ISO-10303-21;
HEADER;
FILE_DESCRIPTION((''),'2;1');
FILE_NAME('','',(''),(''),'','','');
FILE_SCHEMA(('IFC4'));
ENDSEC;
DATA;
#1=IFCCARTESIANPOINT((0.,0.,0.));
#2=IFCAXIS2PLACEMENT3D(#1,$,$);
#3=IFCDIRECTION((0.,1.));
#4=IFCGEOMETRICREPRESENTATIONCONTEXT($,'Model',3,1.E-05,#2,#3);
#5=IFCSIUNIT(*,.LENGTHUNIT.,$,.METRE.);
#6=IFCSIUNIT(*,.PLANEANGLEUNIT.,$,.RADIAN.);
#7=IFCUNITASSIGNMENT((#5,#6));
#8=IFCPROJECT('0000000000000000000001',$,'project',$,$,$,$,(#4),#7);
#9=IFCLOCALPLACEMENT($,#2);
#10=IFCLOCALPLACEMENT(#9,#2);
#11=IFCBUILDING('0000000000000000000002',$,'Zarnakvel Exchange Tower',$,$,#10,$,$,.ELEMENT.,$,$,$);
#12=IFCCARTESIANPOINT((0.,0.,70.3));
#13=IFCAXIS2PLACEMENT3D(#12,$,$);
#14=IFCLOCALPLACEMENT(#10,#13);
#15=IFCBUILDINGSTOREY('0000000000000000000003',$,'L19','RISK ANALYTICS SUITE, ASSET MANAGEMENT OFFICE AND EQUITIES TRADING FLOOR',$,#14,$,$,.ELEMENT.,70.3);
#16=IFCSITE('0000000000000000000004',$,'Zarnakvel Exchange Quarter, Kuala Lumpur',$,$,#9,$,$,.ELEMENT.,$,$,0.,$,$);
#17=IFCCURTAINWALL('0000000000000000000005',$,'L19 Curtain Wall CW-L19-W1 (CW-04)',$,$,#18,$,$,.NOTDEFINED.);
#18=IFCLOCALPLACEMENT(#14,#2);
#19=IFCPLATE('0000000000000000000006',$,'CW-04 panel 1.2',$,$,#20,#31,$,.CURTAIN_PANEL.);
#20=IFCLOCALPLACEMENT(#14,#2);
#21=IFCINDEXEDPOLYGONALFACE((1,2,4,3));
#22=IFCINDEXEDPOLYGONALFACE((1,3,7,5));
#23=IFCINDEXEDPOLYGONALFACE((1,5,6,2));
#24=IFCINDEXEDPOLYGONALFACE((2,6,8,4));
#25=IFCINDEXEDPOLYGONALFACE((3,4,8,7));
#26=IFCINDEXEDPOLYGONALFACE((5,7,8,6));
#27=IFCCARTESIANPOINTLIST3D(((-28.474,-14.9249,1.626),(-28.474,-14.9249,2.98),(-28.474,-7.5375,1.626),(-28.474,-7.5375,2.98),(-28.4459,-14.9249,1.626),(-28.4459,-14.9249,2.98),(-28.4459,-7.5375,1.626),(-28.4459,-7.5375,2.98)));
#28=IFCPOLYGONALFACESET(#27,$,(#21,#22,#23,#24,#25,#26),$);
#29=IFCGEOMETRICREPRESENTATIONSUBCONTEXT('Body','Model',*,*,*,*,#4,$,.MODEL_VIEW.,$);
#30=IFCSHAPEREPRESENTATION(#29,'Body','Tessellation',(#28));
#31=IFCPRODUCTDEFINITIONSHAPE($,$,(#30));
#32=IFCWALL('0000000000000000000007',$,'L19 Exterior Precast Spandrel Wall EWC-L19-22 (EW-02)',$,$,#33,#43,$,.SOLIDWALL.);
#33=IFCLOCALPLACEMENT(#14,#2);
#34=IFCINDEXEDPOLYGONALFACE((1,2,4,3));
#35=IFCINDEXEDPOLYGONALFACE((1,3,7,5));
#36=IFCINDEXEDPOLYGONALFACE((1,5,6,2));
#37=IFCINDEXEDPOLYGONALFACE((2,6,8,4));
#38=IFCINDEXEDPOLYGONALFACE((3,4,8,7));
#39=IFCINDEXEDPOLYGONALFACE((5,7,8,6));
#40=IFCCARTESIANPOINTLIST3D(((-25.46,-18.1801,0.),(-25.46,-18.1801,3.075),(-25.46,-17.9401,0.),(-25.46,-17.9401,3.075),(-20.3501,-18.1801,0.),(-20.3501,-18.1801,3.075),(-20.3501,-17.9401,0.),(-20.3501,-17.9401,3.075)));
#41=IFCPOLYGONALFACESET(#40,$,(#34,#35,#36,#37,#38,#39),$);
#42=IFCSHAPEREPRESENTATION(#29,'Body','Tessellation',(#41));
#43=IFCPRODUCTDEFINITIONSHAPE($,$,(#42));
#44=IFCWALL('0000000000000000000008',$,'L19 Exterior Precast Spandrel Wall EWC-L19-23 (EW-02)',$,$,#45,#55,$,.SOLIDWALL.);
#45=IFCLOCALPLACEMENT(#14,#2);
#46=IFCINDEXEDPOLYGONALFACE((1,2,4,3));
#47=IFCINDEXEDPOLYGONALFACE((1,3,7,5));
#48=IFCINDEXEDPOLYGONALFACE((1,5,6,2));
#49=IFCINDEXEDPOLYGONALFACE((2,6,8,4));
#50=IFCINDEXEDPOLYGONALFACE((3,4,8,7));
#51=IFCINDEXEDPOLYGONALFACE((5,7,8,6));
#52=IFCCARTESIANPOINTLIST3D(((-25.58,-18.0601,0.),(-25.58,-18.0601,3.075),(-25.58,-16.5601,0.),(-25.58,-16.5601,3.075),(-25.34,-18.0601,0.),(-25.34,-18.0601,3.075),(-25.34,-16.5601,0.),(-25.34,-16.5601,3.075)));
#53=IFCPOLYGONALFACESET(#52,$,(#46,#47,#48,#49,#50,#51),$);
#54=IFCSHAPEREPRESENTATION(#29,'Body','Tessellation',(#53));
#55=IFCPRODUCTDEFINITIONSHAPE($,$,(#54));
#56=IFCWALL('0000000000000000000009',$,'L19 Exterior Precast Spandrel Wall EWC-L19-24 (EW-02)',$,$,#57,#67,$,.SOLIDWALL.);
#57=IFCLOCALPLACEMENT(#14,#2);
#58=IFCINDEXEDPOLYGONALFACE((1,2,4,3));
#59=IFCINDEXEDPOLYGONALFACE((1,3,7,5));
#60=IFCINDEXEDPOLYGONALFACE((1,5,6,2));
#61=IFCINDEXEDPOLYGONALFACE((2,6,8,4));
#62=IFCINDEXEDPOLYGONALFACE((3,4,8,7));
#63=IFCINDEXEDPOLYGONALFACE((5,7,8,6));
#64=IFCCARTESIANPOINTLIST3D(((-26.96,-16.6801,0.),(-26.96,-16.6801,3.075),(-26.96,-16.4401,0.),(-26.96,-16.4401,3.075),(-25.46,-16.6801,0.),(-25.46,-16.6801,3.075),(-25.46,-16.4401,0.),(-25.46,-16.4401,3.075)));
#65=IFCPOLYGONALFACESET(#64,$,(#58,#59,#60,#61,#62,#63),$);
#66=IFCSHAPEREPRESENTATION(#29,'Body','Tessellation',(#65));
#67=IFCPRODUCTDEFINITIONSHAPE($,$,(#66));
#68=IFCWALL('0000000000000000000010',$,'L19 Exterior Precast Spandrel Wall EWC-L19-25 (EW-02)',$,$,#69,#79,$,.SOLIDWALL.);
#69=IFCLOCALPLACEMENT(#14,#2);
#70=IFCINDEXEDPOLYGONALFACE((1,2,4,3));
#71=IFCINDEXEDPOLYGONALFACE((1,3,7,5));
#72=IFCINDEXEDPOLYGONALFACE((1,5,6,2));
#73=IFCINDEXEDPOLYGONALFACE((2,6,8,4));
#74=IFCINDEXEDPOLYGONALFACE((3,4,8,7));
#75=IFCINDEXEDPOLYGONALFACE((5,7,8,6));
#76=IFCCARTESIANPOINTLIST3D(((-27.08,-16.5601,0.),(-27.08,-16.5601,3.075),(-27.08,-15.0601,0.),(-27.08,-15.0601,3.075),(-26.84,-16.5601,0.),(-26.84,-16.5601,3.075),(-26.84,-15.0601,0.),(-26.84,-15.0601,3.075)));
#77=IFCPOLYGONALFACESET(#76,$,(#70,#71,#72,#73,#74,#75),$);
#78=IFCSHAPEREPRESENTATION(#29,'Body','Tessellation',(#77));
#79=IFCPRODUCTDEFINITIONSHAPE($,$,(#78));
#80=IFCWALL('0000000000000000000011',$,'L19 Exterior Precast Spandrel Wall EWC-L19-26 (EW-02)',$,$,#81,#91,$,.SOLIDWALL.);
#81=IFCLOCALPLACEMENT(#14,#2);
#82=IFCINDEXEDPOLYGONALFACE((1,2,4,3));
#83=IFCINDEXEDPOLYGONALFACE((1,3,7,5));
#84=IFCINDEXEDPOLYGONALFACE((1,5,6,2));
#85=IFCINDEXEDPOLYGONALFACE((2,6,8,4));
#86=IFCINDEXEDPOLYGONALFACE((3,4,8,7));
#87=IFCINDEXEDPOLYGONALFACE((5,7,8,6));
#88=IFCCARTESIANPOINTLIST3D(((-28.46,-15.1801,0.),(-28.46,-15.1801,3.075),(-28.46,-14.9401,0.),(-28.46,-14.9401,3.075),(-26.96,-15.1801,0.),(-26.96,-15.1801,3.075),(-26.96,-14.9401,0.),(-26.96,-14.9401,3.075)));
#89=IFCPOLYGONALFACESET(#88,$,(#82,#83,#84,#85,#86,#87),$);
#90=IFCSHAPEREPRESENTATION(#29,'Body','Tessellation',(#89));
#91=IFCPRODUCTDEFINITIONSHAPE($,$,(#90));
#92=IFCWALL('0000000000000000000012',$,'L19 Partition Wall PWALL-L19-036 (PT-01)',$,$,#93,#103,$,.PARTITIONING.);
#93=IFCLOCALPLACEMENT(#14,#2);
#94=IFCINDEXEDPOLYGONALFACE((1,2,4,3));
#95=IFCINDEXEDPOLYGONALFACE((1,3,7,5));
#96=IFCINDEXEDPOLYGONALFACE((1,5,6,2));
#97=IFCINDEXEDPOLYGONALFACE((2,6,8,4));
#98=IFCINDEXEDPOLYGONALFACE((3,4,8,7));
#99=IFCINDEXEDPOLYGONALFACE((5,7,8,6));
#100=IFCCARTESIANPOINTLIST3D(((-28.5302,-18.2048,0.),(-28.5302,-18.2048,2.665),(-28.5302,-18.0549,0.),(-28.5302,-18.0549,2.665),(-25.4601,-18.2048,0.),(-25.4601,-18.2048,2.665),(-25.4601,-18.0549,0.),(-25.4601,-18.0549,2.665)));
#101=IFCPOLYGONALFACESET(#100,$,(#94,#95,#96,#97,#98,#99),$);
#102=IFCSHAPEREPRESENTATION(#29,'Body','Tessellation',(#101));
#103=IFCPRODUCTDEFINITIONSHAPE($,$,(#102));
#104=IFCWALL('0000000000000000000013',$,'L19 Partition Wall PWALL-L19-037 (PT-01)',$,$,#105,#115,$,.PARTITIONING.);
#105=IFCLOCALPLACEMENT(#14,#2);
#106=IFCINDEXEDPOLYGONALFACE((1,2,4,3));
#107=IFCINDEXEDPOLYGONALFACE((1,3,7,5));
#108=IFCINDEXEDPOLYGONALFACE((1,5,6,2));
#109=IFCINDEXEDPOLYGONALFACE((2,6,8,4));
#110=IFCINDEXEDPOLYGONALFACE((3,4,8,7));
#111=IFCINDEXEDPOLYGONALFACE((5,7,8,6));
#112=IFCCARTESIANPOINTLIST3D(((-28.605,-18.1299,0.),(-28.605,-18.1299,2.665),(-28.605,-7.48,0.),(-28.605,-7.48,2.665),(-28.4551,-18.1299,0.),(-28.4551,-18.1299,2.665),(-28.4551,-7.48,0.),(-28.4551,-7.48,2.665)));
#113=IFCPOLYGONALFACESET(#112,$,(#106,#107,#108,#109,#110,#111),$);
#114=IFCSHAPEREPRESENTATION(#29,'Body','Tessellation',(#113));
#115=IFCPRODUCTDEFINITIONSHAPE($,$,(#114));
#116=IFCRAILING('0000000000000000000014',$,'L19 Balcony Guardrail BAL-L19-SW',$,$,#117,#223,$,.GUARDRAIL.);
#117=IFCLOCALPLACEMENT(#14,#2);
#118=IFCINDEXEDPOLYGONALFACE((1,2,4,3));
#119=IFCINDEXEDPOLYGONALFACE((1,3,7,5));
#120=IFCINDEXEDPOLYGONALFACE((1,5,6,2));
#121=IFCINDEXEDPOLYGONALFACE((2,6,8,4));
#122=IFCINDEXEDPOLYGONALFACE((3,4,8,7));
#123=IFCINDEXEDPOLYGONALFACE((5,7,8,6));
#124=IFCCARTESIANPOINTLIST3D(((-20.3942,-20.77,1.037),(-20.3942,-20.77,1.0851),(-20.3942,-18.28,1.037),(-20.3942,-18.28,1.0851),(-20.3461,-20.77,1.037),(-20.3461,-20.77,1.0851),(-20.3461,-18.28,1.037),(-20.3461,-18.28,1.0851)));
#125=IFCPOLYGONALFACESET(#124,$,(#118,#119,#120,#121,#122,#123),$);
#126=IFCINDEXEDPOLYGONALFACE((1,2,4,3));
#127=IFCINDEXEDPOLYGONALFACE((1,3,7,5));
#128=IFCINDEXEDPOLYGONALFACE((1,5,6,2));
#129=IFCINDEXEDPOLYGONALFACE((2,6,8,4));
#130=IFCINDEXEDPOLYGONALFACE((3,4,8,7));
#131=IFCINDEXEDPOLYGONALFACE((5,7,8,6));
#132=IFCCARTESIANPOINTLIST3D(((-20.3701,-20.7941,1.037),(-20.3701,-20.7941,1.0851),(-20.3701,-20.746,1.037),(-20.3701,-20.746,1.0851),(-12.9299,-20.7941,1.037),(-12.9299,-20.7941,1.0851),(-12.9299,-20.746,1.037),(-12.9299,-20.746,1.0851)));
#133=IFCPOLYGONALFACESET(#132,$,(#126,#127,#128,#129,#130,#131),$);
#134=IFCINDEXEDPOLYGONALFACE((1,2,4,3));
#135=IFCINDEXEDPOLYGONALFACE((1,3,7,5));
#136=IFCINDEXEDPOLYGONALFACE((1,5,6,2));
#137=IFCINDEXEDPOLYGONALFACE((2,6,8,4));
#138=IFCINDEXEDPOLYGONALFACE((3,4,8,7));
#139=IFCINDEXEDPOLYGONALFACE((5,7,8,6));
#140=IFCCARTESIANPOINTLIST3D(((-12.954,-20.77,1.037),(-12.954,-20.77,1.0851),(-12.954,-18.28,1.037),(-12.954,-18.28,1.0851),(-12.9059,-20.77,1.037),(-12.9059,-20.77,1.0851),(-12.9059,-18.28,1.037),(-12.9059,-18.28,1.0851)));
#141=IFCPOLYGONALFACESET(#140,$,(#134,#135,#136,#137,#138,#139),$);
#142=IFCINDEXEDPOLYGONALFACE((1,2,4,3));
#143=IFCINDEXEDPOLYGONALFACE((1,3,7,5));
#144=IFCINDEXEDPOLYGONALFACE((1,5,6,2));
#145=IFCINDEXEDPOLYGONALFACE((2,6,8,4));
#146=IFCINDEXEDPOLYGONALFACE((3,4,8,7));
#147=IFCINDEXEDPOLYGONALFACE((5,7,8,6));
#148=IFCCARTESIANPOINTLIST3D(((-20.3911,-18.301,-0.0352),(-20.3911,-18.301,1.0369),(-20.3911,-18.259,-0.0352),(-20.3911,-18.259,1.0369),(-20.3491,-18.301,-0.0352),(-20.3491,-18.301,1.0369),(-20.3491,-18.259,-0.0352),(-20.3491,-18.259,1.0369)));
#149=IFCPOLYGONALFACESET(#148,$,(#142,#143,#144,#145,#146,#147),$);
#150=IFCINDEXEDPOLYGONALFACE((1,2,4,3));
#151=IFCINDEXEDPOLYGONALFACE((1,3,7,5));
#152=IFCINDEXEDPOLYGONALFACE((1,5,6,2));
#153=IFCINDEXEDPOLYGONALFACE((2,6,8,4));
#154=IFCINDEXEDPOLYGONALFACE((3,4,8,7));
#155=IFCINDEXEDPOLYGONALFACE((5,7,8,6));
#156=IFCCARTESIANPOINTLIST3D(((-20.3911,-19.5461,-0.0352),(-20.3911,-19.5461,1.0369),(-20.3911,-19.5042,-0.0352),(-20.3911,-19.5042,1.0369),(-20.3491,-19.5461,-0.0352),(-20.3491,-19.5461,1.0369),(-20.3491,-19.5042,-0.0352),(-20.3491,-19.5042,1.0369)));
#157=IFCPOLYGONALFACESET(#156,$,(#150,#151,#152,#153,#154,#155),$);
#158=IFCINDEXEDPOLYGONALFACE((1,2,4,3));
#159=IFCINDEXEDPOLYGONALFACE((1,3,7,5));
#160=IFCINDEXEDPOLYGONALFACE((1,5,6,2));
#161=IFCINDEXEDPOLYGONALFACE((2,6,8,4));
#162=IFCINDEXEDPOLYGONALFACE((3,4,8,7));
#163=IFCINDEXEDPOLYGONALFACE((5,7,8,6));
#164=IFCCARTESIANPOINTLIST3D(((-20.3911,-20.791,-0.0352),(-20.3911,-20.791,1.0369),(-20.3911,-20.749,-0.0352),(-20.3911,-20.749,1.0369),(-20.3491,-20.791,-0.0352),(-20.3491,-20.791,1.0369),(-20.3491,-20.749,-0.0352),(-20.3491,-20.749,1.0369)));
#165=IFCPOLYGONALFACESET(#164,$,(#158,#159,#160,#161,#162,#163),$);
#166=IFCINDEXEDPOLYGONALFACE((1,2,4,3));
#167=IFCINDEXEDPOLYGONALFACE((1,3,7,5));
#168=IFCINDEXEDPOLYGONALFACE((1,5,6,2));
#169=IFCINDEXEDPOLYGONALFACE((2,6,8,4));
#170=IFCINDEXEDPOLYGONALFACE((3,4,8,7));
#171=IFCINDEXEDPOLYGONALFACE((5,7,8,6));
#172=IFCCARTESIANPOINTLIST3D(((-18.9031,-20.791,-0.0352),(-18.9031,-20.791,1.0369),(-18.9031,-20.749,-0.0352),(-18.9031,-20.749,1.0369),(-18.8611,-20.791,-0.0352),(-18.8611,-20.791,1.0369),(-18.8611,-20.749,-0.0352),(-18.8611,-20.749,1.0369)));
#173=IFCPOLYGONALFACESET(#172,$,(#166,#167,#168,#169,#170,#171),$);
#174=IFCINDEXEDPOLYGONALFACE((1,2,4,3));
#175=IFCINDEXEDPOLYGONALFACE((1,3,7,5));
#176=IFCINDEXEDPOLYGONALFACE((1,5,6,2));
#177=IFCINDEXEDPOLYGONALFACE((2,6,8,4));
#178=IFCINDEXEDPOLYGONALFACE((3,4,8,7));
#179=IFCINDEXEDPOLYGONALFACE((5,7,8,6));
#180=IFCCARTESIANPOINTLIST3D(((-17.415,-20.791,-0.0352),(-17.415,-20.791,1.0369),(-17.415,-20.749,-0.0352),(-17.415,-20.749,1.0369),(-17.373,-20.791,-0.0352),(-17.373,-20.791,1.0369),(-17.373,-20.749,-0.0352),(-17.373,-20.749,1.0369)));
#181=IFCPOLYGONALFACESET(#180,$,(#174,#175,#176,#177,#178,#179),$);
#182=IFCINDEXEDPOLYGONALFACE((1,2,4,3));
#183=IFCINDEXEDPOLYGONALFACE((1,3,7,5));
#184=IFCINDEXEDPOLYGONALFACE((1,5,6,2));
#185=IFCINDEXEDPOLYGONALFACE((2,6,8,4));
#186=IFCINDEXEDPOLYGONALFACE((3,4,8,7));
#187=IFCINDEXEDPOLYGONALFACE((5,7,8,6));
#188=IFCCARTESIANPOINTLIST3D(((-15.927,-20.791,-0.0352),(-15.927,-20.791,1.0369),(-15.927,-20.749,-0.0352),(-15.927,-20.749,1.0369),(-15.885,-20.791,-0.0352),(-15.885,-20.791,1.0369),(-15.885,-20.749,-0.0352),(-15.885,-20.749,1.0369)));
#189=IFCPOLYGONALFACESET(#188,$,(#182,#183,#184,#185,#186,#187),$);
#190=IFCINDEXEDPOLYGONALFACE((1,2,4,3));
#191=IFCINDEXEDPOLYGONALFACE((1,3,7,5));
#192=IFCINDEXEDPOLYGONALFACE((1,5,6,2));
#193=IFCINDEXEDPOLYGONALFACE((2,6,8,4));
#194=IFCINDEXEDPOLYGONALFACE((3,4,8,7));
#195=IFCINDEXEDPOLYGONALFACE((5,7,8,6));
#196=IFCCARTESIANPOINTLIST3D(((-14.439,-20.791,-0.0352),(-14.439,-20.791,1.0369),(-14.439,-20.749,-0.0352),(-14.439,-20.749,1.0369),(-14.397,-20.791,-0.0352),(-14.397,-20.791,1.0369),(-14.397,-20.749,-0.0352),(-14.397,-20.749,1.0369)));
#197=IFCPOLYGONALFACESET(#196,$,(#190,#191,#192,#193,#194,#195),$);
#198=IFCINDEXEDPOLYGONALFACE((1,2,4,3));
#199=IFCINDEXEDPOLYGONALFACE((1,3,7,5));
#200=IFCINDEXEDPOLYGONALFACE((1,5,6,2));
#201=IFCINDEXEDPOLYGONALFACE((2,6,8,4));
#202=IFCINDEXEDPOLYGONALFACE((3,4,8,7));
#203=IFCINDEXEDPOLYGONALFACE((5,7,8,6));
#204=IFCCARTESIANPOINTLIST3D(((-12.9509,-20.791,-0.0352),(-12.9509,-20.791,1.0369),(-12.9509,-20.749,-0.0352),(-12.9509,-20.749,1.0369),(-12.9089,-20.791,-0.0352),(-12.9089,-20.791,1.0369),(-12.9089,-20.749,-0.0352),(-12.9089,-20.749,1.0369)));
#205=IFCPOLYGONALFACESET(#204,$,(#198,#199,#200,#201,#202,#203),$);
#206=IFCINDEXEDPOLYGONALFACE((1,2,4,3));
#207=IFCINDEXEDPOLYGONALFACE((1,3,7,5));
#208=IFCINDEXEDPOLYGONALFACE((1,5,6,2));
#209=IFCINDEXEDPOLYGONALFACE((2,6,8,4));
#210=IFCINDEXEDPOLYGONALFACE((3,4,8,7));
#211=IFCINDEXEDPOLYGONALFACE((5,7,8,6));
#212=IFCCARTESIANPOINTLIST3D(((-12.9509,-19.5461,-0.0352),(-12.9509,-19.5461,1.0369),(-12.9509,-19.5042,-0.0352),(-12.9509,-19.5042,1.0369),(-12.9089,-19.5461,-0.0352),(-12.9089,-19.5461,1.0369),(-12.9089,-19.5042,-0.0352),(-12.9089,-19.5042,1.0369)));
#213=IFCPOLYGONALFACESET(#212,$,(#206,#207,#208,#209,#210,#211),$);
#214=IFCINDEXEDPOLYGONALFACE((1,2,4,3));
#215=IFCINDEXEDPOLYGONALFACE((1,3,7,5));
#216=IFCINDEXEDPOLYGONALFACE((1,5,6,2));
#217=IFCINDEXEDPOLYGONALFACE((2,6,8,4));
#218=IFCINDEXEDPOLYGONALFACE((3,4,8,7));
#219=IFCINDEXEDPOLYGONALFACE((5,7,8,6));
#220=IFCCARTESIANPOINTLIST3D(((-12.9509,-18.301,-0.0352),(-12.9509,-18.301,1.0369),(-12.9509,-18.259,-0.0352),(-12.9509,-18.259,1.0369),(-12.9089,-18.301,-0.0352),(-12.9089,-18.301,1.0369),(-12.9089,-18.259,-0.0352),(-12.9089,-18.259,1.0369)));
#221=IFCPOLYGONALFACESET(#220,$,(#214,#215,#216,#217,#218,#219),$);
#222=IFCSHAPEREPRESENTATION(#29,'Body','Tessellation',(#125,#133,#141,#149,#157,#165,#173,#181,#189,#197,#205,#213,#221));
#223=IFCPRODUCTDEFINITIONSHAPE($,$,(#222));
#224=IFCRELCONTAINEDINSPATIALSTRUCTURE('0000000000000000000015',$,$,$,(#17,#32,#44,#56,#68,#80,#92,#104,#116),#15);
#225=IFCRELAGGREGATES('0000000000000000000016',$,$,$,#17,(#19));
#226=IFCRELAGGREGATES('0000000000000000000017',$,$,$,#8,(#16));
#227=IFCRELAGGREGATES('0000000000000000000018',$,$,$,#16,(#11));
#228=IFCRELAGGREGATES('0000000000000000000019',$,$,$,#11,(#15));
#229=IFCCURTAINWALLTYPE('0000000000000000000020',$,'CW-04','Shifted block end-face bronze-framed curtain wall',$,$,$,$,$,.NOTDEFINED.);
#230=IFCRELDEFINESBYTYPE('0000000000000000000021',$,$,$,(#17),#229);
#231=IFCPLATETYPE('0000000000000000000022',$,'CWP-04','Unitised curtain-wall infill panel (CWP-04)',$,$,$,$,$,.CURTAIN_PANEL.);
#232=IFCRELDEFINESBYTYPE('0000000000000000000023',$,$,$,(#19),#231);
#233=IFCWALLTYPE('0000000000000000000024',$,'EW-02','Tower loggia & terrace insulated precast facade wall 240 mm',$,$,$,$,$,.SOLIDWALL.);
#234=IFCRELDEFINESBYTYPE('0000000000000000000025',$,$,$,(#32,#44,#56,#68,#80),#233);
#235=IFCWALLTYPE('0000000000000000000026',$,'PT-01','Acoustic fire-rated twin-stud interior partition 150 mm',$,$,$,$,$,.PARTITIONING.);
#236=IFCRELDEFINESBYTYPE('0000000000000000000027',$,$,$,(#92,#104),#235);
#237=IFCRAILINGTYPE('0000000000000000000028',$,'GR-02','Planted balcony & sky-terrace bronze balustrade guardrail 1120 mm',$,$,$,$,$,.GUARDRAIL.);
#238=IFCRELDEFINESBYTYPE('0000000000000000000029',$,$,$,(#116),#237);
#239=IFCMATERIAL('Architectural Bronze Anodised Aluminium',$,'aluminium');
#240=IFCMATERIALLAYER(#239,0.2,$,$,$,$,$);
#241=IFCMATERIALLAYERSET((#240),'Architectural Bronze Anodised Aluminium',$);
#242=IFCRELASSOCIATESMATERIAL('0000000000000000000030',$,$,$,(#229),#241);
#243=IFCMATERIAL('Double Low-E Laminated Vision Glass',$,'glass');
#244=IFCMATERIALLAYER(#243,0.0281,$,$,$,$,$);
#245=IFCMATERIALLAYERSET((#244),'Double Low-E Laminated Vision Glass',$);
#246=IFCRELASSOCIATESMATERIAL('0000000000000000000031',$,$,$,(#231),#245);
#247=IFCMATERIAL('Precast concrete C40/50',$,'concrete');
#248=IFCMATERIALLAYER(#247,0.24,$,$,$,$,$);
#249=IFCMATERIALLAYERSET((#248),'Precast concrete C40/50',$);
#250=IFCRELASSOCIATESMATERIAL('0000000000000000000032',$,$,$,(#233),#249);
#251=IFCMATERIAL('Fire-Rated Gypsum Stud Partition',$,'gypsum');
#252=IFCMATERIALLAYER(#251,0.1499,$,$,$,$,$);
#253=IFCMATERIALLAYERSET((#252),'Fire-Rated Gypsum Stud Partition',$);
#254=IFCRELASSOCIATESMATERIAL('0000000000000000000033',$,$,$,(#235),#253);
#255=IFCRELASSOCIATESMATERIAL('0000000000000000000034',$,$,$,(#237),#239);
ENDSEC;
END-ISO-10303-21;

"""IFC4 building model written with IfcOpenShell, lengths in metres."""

from ifc_helpers import new_model, si_unit, direction, frame, frame_2d, origin, origin_2d, place, context, subcontext, project, spatial, rectangle, extrude, source, transform, mapped, material, layer, layer_set, type_object, element, aggregate, save


model = new_model("IFC4")

# Units and contexts
model_context = context("Model", 3, precision=1e-05, world=origin(), true_north=direction((0.0, 1.0)))
body_context = subcontext(model_context, "Body", "Model", "MODEL_VIEW")
ifc_project = project(units=[si_unit("LENGTHUNIT", "METRE"), si_unit("PLANEANGLEUNIT", "RADIAN")], contexts=[model_context])

# Site, building, storey
site_placement = place(None, origin())
site = spatial("IfcSite", under=ifc_project, at=site_placement, Name="Zarnakvel Exchange Quarter, Kuala Lumpur", CompositionType="ELEMENT", RefElevation=0.0)
building_placement = place(site_placement, origin())
building = spatial("IfcBuilding", under=site, at=building_placement, Name="Zarnakvel Exchange Tower", CompositionType="ELEMENT")
storey_placement = place(building_placement, frame((0.0, 0.0, 70.3)))
storey = spatial("IfcBuildingStorey", under=building, at=storey_placement, Name="L19", Description="RISK ANALYTICS SUITE, ASSET MANAGEMENT OFFICE AND EQUITIES TRADING FLOOR", CompositionType="ELEMENT", Elevation=70.3)

# Curtain wall, plate
ifc_material_1 = material(Name="Architectural Bronze Anodised Aluminium", Category="aluminium")
ifc_layer_1 = layer(ifc_material_1, 0.2)
ifc_layer_set_1 = layer_set([ifc_layer_1], Name="Architectural Bronze Anodised Aluminium")
curtain_wall_type = type_object("IfcCurtainWallType", Name="CW-04", Description="Shifted block end-face bronze-framed curtain wall", PredefinedType="NOTDEFINED", material=ifc_layer_set_1)
curtain_wall_placement = place(storey_placement, origin())
curtain_wall = element("IfcCurtainWall", 1, at=curtain_wall_placement, inside=storey, type_object=curtain_wall_type, Name="L19 Curtain Wall CW-L19-W1 (CW-04)", PredefinedType="NOTDEFINED")
ifc_material_2 = material(Name="Double Low-E Laminated Vision Glass", Category="glass")
ifc_layer_2 = layer(ifc_material_2, 0.0281)
ifc_layer_set_2 = layer_set([ifc_layer_2], Name="Double Low-E Laminated Vision Glass")
plate_type = type_object("IfcPlateType", Name="CWP-04", Description="Unitised curtain-wall infill panel (CWP-04)", PredefinedType="CURTAIN_PANEL", material=ifc_layer_set_2)
shared_shape_1 = source(origin(), body_context, "Body", "SweptSolid", [
    extrude(rectangle(XDim=7.3875, YDim=0.0281, at=origin_2d()), origin(), (0.0, 0.0, 1.0), 1.354),
])
plate_1_placement = place(storey_placement, frame((-28.46, -11.2312, 1.626), z_axis=(0.0, 0.0, 1.0), x_axis=(0.0, 1.0, 0.0)))
plate_1 = element("IfcPlate", 2, at=plate_1_placement, type_object=plate_type, Name="CW-04 panel 1.2", PredefinedType="CURTAIN_PANEL", context=body_context, shape_type="MappedRepresentation", body=[
    mapped(shared_shape_1, transform((0.0, 0.0, 0.0), x_axis=(1.0, 0.0, 0.0), y_axis=(0.0, 1.0, 0.0), z_axis=(0.0, 0.0, 1.0), scale=1.0)),
])
aggregate(curtain_wall, [plate_1])

# Walls
ifc_material_3 = material(Name="Precast concrete C40/50", Category="concrete")
ifc_layer_3 = layer(ifc_material_3, 0.24)
ifc_layer_set_3 = layer_set([ifc_layer_3], Name="Precast concrete C40/50")
wall_type_1 = type_object("IfcWallType", Name="EW-02", Description="Tower loggia & terrace insulated precast facade wall 240 mm", PredefinedType="SOLIDWALL", material=ifc_layer_set_3)
wall_1_placement = place(storey_placement, frame((-25.46, -18.0601, 0.0), z_axis=(0.0, 0.0, 1.0), x_axis=(1.0, 0.0, 0.0)))
element("IfcWall", 3, at=wall_1_placement, inside=storey, type_object=wall_type_1, Name="L19 Exterior Precast Spandrel Wall EWC-L19-22 (EW-02)", PredefinedType="SOLIDWALL", context=body_context, shape_type="SweptSolid", body=[
    extrude(rectangle(XDim=5.1099, YDim=0.24, at=frame_2d((2.5549, 0.0))), origin(), (0.0, 0.0, 1.0), 3.075),
])
for number, where, z_axis, x_axis, name in (
    (4, (-25.46, -16.5601, 0.0), (0.0, 0.0, 1.0), (0.0, -1.0, 0.0), "L19 Exterior Precast Spandrel Wall EWC-L19-23 (EW-02)"),
    (5, (-26.96, -16.5601, 0.0), (0.0, 0.0, 1.0), (1.0, 0.0, 0.0), "L19 Exterior Precast Spandrel Wall EWC-L19-24 (EW-02)"),
    (6, (-26.96, -15.0601, 0.0), (0.0, 0.0, 1.0), (0.0, -1.0, 0.0), "L19 Exterior Precast Spandrel Wall EWC-L19-25 (EW-02)"),
    (7, (-28.46, -15.0601, 0.0), (0.0, 0.0, 1.0), (1.0, 0.0, 0.0), "L19 Exterior Precast Spandrel Wall EWC-L19-26 (EW-02)"),
):
    element("IfcWall", number, at=place(storey_placement, frame(where, z_axis=z_axis, x_axis=x_axis)), inside=storey, type_object=wall_type_1, Name=name, PredefinedType="SOLIDWALL", context=body_context, shape_type="SweptSolid", body=[
        extrude(rectangle(XDim=1.5, YDim=0.24, at=frame_2d((0.75, 0.0))), origin(), (0.0, 0.0, 1.0), 3.075),
    ])
ifc_material_4 = material(Name="Fire-Rated Gypsum Stud Partition", Category="gypsum")
ifc_layer_4 = layer(ifc_material_4, 0.1499)
ifc_layer_set_4 = layer_set([ifc_layer_4], Name="Fire-Rated Gypsum Stud Partition")
wall_type_2 = type_object("IfcWallType", Name="PT-01", Description="Acoustic fire-rated twin-stud interior partition 150 mm", PredefinedType="PARTITIONING", material=ifc_layer_set_4)
wall_2_placement = place(storey_placement, frame((-25.46, -18.1299, 0.0), z_axis=(0.0, 0.0, 1.0), x_axis=(-1.0, 0.0, 0.0)))
element("IfcWall", 8, at=wall_2_placement, inside=storey, type_object=wall_type_2, Name="L19 Partition Wall PWALL-L19-036 (PT-01)", PredefinedType="PARTITIONING", context=body_context, shape_type="SweptSolid", body=[
    extrude(rectangle(XDim=3.0701, YDim=0.1499, at=frame_2d((1.5352, 0.0))), origin(), (0.0, 0.0, 1.0), 2.665),
])
wall_3_placement = place(storey_placement, frame((-28.53, -18.1299, 0.0), z_axis=(0.0, 0.0, 1.0), x_axis=(0.0, 1.0, 0.0)))
element("IfcWall", 9, at=wall_3_placement, inside=storey, type_object=wall_type_2, Name="L19 Partition Wall PWALL-L19-037 (PT-01)", PredefinedType="PARTITIONING", context=body_context, shape_type="SweptSolid", body=[
    extrude(rectangle(XDim=10.6499, YDim=0.1499, at=frame_2d((5.325, 0.0))), origin(), (0.0, 0.0, 1.0), 2.665),
])

# Railing
railing_type = type_object("IfcRailingType", Name="GR-02", Description="Planted balcony & sky-terrace bronze balustrade guardrail 1120 mm", PredefinedType="GUARDRAIL", material=ifc_material_1)
railing_placement = place(storey_placement, frame((-20.3701, -18.28, -0.0352)))
element("IfcRailing", 10, at=railing_placement, inside=storey, type_object=railing_type, Name="L19 Balcony Guardrail BAL-L19-SW", PredefinedType="GUARDRAIL", context=body_context, shape_type="SweptSolid", body=[
    extrude(rectangle(XDim=0.0481, YDim=0.0481, at=origin_2d()), frame((0.0, 0.0, 1.0962), z_axis=(0.0, -1.0, 0.0), x_axis=(1.0, 0.0, 0.0)), (0.0, 0.0, 1.0), 2.49),
    extrude(rectangle(XDim=0.0481, YDim=0.0481, at=origin_2d()), frame((0.0, -2.49, 1.0962), z_axis=(1.0, 0.0, 0.0), x_axis=(0.0, 1.0, 0.0)), (0.0, 0.0, 1.0), 7.4402),
    extrude(rectangle(XDim=0.0481, YDim=0.0481, at=origin_2d()), frame((7.4402, -2.49, 1.0962), z_axis=(0.0, 1.0, 0.0), x_axis=(-1.0, 0.0, 0.0)), (0.0, 0.0, 1.0), 2.49),
    extrude(rectangle(XDim=0.042, YDim=0.042, at=origin_2d()), origin(), (0.0, 0.0, 1.0), 1.072),
    extrude(rectangle(XDim=0.042, YDim=0.042, at=origin_2d()), frame((0.0, -1.2451, 0.0)), (0.0, 0.0, 1.0), 1.072),
    extrude(rectangle(XDim=0.042, YDim=0.042, at=origin_2d()), frame((0.0, -2.49, 0.0)), (0.0, 0.0, 1.0), 1.072),
    extrude(rectangle(XDim=0.042, YDim=0.042, at=origin_2d()), frame((1.488, -2.49, 0.0)), (0.0, 0.0, 1.0), 1.072),
    extrude(rectangle(XDim=0.042, YDim=0.042, at=origin_2d()), frame((2.9761, -2.49, 0.0)), (0.0, 0.0, 1.0), 1.072),
    extrude(rectangle(XDim=0.042, YDim=0.042, at=origin_2d()), frame((4.4641, -2.49, 0.0)), (0.0, 0.0, 1.0), 1.072),
    extrude(rectangle(XDim=0.042, YDim=0.042, at=origin_2d()), frame((5.9521, -2.49, 0.0)), (0.0, 0.0, 1.0), 1.072),
    extrude(rectangle(XDim=0.042, YDim=0.042, at=origin_2d()), frame((7.4402, -2.49, 0.0)), (0.0, 0.0, 1.0), 1.072),
    extrude(rectangle(XDim=0.042, YDim=0.042, at=origin_2d()), frame((7.4402, -1.2451, 0.0)), (0.0, 0.0, 1.0), 1.072),
    extrude(rectangle(XDim=0.042, YDim=0.042, at=origin_2d()), frame((7.4402, 0.0, 0.0)), (0.0, 0.0, 1.0), 1.072),
])

save(model, "model.ifc")
